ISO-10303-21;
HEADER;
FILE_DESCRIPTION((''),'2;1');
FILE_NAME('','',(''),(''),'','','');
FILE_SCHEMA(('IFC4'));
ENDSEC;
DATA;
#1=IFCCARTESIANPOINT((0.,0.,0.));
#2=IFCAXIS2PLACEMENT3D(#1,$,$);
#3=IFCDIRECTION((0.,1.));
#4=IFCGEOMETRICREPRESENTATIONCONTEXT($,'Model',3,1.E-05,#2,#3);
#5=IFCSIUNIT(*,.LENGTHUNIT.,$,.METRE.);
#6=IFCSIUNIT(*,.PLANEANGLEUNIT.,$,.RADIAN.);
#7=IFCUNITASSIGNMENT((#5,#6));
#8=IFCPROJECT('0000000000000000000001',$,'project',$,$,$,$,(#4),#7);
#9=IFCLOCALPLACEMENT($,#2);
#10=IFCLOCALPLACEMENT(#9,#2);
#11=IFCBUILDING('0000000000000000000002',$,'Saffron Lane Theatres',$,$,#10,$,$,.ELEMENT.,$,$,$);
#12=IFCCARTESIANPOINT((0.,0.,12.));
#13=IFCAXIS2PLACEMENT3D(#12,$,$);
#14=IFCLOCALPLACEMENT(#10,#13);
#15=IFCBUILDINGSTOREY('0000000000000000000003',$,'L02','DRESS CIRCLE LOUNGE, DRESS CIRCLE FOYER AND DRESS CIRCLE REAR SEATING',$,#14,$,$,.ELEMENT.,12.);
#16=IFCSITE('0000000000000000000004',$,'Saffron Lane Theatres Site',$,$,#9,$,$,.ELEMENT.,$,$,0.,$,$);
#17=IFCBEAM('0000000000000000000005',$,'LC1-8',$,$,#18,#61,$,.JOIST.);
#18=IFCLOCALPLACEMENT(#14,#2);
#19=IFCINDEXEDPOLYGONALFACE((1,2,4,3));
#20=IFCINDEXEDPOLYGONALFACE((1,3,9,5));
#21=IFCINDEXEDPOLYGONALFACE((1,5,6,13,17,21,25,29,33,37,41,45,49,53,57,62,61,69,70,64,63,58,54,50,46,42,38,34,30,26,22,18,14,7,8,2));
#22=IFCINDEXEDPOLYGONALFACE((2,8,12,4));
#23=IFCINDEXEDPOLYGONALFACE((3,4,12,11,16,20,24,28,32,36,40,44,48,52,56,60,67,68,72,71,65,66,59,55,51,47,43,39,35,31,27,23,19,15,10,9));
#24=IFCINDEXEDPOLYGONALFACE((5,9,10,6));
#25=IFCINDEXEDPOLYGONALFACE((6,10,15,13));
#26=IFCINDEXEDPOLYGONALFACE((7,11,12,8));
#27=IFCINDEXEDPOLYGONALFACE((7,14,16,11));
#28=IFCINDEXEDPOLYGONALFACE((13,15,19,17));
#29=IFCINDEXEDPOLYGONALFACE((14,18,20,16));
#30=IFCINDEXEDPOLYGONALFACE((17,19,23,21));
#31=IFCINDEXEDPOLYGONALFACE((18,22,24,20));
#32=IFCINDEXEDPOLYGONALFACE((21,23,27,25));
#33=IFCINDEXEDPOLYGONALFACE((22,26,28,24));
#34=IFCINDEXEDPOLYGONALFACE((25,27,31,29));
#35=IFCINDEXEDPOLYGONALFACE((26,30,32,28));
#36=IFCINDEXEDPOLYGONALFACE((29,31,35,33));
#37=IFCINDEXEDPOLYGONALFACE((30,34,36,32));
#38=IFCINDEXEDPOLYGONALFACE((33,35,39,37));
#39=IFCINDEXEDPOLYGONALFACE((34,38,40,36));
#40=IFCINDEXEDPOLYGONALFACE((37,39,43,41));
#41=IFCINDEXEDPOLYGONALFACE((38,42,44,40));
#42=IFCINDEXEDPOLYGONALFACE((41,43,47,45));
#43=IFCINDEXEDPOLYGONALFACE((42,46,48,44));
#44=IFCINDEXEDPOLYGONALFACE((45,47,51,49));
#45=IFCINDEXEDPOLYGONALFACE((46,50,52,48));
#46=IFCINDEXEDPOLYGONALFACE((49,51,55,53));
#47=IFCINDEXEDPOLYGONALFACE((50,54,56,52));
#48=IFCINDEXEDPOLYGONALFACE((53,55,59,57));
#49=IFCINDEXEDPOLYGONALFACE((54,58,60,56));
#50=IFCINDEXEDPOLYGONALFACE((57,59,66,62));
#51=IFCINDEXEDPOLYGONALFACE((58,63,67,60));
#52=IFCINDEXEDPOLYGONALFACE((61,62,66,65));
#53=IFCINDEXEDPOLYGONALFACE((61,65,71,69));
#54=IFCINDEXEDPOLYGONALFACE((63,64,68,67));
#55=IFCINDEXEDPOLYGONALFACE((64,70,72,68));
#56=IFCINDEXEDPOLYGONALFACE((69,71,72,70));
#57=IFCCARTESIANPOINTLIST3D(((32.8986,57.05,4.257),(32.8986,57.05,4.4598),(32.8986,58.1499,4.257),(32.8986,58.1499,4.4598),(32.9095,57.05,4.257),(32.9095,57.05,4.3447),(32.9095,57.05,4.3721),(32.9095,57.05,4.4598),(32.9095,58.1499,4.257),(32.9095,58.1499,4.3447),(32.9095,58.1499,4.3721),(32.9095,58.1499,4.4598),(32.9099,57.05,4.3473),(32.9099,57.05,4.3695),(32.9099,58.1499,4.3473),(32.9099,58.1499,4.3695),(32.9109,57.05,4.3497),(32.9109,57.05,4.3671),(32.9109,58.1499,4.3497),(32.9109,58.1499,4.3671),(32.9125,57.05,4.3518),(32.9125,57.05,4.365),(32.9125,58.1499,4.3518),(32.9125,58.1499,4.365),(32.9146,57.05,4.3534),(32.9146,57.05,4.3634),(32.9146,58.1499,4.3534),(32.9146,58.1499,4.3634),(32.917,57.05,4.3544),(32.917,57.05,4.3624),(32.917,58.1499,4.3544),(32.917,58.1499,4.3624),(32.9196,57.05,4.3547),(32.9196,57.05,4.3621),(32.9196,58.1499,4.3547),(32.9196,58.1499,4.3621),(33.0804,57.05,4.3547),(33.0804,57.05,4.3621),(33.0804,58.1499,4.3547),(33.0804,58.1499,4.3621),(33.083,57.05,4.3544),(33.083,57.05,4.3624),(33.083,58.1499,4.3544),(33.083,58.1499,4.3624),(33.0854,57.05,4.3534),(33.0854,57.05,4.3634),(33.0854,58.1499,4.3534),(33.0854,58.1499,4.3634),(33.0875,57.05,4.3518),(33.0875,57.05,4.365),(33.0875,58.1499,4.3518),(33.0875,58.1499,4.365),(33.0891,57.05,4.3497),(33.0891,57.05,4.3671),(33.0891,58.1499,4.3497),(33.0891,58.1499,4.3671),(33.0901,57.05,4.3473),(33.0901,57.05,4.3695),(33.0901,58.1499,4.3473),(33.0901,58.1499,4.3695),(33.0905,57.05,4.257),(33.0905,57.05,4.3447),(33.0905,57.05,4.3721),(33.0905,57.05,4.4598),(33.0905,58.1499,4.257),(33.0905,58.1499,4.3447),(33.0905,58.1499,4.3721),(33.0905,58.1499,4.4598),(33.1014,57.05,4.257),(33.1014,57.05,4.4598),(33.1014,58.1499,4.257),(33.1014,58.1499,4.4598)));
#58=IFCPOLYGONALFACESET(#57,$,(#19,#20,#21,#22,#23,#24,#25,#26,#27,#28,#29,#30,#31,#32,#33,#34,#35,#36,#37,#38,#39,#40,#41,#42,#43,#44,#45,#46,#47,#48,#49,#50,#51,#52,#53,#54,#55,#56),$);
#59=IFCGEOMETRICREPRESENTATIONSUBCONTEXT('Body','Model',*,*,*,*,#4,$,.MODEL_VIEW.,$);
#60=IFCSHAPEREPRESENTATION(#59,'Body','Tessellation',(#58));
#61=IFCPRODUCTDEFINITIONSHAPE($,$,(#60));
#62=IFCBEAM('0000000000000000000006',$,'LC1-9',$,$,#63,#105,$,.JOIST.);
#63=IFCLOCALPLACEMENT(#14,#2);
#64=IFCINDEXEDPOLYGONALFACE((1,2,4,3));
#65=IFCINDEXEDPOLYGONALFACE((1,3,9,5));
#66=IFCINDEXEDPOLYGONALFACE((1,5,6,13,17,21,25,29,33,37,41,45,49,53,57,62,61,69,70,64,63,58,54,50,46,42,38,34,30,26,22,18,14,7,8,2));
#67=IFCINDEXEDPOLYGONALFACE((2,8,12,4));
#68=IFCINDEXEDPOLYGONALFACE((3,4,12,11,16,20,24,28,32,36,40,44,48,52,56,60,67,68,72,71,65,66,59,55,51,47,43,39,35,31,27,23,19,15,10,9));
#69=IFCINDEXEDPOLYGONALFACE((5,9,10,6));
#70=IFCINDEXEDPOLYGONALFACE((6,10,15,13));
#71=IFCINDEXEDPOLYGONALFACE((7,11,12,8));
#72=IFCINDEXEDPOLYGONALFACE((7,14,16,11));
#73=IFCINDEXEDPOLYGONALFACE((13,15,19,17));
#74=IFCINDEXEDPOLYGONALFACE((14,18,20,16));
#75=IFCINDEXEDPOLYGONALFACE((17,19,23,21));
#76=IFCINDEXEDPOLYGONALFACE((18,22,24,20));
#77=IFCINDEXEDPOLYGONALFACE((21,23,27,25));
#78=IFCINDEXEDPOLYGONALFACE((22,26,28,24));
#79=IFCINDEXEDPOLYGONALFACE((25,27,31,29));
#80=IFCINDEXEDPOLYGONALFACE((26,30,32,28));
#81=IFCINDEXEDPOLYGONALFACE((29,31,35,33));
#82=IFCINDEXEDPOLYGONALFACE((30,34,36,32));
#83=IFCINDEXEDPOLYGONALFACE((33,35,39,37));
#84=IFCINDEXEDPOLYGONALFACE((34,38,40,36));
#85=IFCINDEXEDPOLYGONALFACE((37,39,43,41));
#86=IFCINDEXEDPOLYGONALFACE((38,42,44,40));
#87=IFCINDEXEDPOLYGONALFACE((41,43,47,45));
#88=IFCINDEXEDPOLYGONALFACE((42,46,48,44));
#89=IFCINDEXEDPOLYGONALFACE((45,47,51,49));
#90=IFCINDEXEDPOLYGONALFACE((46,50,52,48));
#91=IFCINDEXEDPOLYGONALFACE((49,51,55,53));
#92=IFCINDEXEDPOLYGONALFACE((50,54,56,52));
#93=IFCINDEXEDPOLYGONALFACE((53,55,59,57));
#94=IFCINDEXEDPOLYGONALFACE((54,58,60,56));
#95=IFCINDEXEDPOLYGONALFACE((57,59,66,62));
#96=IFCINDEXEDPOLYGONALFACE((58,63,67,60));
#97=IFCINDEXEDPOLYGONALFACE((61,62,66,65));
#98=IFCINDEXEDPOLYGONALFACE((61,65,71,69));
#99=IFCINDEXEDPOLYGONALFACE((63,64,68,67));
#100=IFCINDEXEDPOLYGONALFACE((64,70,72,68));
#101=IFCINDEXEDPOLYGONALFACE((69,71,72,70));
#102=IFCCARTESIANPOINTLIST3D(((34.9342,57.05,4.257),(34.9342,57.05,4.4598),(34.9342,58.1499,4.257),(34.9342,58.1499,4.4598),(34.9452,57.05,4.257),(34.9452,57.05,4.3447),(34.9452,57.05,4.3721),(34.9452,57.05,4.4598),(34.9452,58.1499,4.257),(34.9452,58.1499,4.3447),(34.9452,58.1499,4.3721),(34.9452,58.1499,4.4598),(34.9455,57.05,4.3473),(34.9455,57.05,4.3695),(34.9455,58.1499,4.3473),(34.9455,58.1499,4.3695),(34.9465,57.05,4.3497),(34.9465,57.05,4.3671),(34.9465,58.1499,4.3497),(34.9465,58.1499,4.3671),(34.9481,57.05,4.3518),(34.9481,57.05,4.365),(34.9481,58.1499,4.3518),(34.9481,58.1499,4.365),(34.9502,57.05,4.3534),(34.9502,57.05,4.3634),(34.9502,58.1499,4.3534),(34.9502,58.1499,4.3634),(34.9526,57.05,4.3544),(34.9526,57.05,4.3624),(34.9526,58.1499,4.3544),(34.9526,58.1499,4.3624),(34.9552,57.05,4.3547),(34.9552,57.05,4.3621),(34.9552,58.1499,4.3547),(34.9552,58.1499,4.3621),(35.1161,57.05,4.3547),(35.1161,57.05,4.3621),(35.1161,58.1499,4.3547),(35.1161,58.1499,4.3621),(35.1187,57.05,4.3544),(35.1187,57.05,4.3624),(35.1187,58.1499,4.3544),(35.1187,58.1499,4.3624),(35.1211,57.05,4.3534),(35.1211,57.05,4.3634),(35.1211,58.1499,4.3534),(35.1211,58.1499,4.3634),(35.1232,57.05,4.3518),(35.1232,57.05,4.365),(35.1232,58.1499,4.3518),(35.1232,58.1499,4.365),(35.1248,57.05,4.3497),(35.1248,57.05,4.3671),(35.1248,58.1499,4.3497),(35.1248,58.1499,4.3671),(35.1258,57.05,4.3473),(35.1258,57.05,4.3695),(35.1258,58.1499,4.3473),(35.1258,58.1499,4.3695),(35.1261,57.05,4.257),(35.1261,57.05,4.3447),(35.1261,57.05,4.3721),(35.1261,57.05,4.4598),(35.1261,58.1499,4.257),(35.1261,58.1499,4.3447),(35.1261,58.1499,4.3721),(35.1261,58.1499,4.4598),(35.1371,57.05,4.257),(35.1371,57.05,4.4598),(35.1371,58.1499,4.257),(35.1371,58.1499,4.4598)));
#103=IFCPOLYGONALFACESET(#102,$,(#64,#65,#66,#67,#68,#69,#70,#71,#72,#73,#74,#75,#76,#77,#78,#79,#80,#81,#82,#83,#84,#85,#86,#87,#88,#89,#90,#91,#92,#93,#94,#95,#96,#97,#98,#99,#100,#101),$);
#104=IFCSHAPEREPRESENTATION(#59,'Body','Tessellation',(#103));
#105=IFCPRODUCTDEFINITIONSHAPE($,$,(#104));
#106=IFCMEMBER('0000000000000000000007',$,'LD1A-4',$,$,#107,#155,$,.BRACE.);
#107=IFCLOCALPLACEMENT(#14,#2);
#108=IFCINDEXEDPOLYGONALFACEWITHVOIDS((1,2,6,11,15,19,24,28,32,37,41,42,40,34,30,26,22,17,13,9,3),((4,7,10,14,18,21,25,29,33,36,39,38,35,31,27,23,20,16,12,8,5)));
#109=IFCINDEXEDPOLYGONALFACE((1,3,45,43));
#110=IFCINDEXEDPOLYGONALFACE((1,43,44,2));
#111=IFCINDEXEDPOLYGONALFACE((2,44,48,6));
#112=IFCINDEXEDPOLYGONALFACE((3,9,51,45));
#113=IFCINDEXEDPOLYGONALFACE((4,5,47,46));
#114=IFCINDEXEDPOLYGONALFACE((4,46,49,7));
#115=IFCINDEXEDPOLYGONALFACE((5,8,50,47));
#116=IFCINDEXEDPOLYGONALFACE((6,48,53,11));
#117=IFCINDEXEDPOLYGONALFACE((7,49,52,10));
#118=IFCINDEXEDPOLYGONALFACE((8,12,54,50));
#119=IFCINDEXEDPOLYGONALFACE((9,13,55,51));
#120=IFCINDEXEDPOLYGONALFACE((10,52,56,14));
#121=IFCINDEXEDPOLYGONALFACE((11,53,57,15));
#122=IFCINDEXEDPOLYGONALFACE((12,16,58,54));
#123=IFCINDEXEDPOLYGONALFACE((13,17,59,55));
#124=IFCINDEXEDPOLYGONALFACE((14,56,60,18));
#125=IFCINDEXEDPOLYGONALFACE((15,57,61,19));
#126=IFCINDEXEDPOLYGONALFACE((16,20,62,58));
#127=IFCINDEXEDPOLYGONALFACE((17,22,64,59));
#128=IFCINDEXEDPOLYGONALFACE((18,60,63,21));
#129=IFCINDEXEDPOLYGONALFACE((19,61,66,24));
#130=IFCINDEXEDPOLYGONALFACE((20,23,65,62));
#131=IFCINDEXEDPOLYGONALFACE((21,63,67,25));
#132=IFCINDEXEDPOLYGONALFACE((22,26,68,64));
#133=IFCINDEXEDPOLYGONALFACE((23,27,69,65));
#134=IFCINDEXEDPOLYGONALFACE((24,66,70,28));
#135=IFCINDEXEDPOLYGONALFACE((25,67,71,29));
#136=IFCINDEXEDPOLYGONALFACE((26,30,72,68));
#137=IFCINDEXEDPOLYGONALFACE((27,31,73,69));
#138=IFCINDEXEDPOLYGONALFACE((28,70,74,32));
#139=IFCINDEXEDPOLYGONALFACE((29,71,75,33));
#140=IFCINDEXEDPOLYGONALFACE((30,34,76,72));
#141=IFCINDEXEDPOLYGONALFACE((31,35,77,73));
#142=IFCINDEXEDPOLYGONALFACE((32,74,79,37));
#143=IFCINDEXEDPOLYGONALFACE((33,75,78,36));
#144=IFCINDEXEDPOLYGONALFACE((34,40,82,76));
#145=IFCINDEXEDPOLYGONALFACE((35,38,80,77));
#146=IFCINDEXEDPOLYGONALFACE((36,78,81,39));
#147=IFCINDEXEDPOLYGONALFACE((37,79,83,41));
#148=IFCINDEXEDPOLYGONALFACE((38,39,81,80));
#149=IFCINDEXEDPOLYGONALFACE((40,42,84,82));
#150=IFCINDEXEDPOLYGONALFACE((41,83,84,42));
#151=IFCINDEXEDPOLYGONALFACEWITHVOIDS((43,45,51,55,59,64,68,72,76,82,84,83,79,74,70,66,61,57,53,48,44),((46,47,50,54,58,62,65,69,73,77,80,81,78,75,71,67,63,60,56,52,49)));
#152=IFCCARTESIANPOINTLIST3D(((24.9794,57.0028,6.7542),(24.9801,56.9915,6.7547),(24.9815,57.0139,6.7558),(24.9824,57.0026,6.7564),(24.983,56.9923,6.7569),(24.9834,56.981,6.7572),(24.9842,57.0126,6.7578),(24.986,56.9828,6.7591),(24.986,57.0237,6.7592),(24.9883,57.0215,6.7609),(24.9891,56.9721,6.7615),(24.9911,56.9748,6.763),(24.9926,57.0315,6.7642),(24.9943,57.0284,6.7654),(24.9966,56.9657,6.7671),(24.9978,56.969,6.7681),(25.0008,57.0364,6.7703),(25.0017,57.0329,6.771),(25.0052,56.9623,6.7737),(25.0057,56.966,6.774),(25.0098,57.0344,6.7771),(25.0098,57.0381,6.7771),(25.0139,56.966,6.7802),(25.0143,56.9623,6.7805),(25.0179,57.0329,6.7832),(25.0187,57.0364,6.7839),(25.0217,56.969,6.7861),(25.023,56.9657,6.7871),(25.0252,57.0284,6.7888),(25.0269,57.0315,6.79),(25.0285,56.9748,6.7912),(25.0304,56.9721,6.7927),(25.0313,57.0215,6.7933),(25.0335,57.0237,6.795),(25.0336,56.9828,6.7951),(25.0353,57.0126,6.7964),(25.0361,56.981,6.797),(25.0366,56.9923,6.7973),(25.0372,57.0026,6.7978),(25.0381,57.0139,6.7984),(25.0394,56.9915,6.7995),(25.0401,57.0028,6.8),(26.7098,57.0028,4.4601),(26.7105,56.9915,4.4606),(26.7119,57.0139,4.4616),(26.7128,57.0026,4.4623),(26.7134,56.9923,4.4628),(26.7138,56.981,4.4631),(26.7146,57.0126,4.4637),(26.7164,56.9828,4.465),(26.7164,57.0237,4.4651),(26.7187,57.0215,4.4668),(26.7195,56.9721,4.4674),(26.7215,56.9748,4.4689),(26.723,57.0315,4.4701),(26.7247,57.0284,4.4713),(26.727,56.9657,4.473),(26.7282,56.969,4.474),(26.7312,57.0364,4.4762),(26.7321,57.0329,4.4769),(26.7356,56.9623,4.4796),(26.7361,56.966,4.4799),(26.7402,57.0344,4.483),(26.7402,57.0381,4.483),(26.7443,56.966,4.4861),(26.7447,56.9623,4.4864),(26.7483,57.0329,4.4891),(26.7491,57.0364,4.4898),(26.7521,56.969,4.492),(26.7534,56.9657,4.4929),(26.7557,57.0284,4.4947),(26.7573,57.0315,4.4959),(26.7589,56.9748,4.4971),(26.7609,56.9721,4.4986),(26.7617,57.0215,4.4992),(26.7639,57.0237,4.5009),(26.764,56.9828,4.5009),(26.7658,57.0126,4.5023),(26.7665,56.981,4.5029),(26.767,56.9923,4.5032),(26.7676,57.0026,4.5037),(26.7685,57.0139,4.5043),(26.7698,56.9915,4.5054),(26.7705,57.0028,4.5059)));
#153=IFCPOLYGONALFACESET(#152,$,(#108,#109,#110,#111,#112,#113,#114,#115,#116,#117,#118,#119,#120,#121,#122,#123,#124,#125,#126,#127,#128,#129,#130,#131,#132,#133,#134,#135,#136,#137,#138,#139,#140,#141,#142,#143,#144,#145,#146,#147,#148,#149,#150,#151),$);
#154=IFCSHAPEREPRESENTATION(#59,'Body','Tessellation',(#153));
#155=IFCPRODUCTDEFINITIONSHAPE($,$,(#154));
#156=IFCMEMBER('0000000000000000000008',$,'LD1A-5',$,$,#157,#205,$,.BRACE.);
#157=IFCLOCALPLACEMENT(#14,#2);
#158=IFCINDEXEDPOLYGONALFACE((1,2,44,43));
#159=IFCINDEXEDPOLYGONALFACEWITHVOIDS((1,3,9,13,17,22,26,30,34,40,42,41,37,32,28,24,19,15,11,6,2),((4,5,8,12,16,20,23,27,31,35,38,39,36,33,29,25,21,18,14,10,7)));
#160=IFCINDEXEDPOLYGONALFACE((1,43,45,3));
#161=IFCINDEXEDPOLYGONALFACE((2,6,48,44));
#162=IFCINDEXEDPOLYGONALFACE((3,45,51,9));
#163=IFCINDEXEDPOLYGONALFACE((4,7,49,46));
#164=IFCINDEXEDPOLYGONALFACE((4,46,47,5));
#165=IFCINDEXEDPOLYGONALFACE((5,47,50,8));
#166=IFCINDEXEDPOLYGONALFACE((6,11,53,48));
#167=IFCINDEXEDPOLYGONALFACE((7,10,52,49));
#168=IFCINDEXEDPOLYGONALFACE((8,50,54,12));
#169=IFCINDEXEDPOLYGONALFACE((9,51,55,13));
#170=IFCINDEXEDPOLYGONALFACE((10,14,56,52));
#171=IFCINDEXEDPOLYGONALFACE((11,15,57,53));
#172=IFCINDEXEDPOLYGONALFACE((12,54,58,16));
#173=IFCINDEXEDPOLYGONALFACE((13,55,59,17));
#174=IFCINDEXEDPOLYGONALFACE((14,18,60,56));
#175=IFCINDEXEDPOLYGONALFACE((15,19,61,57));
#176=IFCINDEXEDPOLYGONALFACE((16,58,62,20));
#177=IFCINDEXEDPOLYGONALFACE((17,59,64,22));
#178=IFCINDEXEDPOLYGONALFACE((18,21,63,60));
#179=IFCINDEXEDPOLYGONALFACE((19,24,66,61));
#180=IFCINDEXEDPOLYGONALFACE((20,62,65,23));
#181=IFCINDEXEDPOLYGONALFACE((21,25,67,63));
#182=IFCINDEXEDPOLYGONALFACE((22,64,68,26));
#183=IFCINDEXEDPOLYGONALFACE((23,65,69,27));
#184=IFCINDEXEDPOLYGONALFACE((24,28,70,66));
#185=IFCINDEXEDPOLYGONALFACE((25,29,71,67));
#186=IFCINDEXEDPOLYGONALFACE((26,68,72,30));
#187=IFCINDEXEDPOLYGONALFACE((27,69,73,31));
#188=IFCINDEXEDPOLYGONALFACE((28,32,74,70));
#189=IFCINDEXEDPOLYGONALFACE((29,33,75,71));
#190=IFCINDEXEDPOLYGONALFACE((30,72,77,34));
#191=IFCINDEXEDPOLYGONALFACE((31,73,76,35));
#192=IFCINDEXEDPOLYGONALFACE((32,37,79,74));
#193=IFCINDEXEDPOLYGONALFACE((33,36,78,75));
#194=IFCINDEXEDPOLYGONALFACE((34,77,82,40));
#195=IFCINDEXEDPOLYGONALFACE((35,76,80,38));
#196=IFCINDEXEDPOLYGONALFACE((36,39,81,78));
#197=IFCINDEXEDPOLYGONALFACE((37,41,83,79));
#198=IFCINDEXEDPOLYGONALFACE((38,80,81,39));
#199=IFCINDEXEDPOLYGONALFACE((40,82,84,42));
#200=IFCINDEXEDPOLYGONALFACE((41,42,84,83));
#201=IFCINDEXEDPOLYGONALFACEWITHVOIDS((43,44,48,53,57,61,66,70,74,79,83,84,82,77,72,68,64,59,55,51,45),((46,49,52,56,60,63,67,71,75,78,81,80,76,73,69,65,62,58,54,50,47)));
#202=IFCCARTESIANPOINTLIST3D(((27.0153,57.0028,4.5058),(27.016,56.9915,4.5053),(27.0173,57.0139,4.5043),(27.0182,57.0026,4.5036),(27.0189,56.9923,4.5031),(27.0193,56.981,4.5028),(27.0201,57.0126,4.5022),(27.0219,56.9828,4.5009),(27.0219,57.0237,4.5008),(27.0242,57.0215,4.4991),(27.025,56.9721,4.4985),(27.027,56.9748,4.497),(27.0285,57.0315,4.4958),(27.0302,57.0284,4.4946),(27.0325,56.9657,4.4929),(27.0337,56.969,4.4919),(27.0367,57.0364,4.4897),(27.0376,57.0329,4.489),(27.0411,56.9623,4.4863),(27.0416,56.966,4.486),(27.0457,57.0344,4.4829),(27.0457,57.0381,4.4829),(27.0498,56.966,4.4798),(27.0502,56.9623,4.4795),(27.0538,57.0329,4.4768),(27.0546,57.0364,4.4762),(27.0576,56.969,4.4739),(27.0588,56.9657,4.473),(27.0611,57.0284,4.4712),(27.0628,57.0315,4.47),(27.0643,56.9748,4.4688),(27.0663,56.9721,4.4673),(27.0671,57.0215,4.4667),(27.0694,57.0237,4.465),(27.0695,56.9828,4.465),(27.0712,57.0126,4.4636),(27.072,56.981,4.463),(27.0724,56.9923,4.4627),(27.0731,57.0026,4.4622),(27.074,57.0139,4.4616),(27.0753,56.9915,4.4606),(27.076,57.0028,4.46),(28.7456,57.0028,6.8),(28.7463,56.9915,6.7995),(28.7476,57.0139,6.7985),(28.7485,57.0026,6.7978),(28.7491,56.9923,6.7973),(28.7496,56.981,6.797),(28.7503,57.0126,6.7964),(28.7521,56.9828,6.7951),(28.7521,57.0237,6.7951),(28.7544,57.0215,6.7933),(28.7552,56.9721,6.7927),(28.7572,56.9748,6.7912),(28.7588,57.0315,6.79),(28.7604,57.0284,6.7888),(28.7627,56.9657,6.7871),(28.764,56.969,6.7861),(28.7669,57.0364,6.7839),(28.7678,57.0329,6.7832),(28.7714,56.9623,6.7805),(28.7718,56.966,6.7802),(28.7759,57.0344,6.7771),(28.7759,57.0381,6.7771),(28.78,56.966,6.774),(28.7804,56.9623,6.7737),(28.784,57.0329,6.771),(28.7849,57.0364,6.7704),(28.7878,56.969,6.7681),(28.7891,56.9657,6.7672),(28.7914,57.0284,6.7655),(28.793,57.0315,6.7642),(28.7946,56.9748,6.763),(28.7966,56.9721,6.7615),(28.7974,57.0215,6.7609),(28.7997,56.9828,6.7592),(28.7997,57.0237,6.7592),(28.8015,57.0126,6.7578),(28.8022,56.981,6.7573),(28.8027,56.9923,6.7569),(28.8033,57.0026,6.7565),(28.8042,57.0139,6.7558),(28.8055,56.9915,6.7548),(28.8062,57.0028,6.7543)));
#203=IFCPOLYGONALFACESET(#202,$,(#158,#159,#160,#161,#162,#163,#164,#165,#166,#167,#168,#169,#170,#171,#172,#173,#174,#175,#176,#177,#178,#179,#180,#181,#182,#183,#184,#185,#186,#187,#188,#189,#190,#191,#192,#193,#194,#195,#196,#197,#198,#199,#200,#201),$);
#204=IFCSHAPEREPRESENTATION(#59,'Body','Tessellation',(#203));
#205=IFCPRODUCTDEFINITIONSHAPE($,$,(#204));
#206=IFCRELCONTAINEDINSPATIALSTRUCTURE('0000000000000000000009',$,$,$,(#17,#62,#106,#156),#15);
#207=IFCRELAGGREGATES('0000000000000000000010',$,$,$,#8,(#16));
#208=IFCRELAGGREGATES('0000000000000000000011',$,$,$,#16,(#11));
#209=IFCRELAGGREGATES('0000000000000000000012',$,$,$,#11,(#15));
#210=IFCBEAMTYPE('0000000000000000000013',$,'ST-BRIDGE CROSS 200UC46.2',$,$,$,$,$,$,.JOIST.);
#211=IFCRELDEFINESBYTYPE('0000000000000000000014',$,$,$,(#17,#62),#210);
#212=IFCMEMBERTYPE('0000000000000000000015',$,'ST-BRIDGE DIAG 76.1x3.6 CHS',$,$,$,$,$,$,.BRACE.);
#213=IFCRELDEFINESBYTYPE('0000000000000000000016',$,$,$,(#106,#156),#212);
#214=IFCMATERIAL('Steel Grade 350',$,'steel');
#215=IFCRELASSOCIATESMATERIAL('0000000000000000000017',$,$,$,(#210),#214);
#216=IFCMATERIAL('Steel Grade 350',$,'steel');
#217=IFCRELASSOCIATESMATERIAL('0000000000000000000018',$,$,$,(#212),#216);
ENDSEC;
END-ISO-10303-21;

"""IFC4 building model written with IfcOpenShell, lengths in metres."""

from ifc_helpers import new_model, si_unit, direction, frame, origin, origin_2d, place, context, subcontext, project, spatial, hollow_circle, i_section, extrude, material, material_profile, profile_set, type_object, element, save


model = new_model("IFC4")

# Units and contexts
model_context = context("Model", 3, precision=1e-05, world=origin(), true_north=direction((0.0, 1.0)))
body_context = subcontext(model_context, "Body", "Model", "MODEL_VIEW")
ifc_project = project(units=[si_unit("LENGTHUNIT", "METRE"), si_unit("PLANEANGLEUNIT", "RADIAN")], contexts=[model_context])

# Site, building, storey
site_placement = place(None, origin())
site = spatial("IfcSite", under=ifc_project, at=site_placement, Name="Saffron Lane Theatres Site", CompositionType="ELEMENT", RefElevation=0.0)
building_placement = place(site_placement, origin())
building = spatial("IfcBuilding", under=site, at=building_placement, Name="Saffron Lane Theatres", CompositionType="ELEMENT")
storey_placement = place(building_placement, frame((0.0, 0.0, 12.0)))
storey = spatial("IfcBuildingStorey", under=building, at=storey_placement, Name="L02", Description="DRESS CIRCLE LOUNGE, DRESS CIRCLE FOYER AND DRESS CIRCLE REAR SEATING", CompositionType="ELEMENT", Elevation=12.0)

# Beams
ifc_material_1 = material(Name="Steel Grade 350", Category="steel")
ifc_material_profile_1 = material_profile(ifc_material_1, i_section(OverallWidth=0.2029, OverallDepth=0.2029, WebThickness=0.0073, FlangeThickness=0.011, FilletRadius=0.01, at=origin_2d()))
ifc_profile_set_1 = profile_set([ifc_material_profile_1], Name="Steel Grade 350")
beam_type = type_object("IfcBeamType", Name="ST-BRIDGE CROSS 200UC46.2", PredefinedType="JOIST", material=ifc_profile_set_1)
for number, where, z_axis, x_axis, name in (
    (1, (33.0, 57.05, 4.3584), (0.0, 1.0, 0.0), (0.0, 0.0, 1.0), "LC1-8"),
    (2, (35.0356, 57.05, 4.3584), (0.0, 1.0, 0.0), (0.0, 0.0, 1.0), "LC1-9"),
):
    element("IfcBeam", number, at=place(storey_placement, frame(where, z_axis=z_axis, x_axis=x_axis)), inside=storey, type_object=beam_type, Name=name, PredefinedType="JOIST", context=body_context, shape_type="SweptSolid", body=[
        extrude(i_section(OverallWidth=0.2029, OverallDepth=0.2029, WebThickness=0.0073, FlangeThickness=0.011, FilletRadius=0.01, at=origin_2d()), origin(), (0.0, 0.0, 1.0), 1.0999),
    ])

# Members
ifc_material_2 = material(Name="Steel Grade 350", Category="steel")
ifc_material_profile_2 = material_profile(ifc_material_2, hollow_circle(Radius=0.0381, WallThickness=0.0037, at=origin_2d()))
ifc_profile_set_2 = profile_set([ifc_material_profile_2], Name="Steel Grade 350")
member_type = type_object("IfcMemberType", Name="ST-BRIDGE DIAG 76.1x3.6 CHS", PredefinedType="BRACE", material=ifc_profile_set_2)
for number, where, z_axis, x_axis, name in (
    (3, (25.0098, 57.0, 6.7771), (0.602186, 0.0, -0.798356), (0.0, 1.0, 0.0), "LD1A-4"),
    (4, (27.0457, 57.0, 4.4829), (0.602132, 0.0, 0.798396), (0.0, 1.0, 0.0), "LD1A-5"),
):
    element("IfcMember", number, at=place(storey_placement, frame(where, z_axis=z_axis, x_axis=x_axis)), inside=storey, type_object=member_type, Name=name, PredefinedType="BRACE", context=body_context, shape_type="SweptSolid", body=[
        extrude(hollow_circle(Radius=0.0381, WallThickness=0.0037, at=origin_2d()), origin(), (0.0, 0.0, 1.0), 2.8735),
    ])

save(model, "model.ifc")
